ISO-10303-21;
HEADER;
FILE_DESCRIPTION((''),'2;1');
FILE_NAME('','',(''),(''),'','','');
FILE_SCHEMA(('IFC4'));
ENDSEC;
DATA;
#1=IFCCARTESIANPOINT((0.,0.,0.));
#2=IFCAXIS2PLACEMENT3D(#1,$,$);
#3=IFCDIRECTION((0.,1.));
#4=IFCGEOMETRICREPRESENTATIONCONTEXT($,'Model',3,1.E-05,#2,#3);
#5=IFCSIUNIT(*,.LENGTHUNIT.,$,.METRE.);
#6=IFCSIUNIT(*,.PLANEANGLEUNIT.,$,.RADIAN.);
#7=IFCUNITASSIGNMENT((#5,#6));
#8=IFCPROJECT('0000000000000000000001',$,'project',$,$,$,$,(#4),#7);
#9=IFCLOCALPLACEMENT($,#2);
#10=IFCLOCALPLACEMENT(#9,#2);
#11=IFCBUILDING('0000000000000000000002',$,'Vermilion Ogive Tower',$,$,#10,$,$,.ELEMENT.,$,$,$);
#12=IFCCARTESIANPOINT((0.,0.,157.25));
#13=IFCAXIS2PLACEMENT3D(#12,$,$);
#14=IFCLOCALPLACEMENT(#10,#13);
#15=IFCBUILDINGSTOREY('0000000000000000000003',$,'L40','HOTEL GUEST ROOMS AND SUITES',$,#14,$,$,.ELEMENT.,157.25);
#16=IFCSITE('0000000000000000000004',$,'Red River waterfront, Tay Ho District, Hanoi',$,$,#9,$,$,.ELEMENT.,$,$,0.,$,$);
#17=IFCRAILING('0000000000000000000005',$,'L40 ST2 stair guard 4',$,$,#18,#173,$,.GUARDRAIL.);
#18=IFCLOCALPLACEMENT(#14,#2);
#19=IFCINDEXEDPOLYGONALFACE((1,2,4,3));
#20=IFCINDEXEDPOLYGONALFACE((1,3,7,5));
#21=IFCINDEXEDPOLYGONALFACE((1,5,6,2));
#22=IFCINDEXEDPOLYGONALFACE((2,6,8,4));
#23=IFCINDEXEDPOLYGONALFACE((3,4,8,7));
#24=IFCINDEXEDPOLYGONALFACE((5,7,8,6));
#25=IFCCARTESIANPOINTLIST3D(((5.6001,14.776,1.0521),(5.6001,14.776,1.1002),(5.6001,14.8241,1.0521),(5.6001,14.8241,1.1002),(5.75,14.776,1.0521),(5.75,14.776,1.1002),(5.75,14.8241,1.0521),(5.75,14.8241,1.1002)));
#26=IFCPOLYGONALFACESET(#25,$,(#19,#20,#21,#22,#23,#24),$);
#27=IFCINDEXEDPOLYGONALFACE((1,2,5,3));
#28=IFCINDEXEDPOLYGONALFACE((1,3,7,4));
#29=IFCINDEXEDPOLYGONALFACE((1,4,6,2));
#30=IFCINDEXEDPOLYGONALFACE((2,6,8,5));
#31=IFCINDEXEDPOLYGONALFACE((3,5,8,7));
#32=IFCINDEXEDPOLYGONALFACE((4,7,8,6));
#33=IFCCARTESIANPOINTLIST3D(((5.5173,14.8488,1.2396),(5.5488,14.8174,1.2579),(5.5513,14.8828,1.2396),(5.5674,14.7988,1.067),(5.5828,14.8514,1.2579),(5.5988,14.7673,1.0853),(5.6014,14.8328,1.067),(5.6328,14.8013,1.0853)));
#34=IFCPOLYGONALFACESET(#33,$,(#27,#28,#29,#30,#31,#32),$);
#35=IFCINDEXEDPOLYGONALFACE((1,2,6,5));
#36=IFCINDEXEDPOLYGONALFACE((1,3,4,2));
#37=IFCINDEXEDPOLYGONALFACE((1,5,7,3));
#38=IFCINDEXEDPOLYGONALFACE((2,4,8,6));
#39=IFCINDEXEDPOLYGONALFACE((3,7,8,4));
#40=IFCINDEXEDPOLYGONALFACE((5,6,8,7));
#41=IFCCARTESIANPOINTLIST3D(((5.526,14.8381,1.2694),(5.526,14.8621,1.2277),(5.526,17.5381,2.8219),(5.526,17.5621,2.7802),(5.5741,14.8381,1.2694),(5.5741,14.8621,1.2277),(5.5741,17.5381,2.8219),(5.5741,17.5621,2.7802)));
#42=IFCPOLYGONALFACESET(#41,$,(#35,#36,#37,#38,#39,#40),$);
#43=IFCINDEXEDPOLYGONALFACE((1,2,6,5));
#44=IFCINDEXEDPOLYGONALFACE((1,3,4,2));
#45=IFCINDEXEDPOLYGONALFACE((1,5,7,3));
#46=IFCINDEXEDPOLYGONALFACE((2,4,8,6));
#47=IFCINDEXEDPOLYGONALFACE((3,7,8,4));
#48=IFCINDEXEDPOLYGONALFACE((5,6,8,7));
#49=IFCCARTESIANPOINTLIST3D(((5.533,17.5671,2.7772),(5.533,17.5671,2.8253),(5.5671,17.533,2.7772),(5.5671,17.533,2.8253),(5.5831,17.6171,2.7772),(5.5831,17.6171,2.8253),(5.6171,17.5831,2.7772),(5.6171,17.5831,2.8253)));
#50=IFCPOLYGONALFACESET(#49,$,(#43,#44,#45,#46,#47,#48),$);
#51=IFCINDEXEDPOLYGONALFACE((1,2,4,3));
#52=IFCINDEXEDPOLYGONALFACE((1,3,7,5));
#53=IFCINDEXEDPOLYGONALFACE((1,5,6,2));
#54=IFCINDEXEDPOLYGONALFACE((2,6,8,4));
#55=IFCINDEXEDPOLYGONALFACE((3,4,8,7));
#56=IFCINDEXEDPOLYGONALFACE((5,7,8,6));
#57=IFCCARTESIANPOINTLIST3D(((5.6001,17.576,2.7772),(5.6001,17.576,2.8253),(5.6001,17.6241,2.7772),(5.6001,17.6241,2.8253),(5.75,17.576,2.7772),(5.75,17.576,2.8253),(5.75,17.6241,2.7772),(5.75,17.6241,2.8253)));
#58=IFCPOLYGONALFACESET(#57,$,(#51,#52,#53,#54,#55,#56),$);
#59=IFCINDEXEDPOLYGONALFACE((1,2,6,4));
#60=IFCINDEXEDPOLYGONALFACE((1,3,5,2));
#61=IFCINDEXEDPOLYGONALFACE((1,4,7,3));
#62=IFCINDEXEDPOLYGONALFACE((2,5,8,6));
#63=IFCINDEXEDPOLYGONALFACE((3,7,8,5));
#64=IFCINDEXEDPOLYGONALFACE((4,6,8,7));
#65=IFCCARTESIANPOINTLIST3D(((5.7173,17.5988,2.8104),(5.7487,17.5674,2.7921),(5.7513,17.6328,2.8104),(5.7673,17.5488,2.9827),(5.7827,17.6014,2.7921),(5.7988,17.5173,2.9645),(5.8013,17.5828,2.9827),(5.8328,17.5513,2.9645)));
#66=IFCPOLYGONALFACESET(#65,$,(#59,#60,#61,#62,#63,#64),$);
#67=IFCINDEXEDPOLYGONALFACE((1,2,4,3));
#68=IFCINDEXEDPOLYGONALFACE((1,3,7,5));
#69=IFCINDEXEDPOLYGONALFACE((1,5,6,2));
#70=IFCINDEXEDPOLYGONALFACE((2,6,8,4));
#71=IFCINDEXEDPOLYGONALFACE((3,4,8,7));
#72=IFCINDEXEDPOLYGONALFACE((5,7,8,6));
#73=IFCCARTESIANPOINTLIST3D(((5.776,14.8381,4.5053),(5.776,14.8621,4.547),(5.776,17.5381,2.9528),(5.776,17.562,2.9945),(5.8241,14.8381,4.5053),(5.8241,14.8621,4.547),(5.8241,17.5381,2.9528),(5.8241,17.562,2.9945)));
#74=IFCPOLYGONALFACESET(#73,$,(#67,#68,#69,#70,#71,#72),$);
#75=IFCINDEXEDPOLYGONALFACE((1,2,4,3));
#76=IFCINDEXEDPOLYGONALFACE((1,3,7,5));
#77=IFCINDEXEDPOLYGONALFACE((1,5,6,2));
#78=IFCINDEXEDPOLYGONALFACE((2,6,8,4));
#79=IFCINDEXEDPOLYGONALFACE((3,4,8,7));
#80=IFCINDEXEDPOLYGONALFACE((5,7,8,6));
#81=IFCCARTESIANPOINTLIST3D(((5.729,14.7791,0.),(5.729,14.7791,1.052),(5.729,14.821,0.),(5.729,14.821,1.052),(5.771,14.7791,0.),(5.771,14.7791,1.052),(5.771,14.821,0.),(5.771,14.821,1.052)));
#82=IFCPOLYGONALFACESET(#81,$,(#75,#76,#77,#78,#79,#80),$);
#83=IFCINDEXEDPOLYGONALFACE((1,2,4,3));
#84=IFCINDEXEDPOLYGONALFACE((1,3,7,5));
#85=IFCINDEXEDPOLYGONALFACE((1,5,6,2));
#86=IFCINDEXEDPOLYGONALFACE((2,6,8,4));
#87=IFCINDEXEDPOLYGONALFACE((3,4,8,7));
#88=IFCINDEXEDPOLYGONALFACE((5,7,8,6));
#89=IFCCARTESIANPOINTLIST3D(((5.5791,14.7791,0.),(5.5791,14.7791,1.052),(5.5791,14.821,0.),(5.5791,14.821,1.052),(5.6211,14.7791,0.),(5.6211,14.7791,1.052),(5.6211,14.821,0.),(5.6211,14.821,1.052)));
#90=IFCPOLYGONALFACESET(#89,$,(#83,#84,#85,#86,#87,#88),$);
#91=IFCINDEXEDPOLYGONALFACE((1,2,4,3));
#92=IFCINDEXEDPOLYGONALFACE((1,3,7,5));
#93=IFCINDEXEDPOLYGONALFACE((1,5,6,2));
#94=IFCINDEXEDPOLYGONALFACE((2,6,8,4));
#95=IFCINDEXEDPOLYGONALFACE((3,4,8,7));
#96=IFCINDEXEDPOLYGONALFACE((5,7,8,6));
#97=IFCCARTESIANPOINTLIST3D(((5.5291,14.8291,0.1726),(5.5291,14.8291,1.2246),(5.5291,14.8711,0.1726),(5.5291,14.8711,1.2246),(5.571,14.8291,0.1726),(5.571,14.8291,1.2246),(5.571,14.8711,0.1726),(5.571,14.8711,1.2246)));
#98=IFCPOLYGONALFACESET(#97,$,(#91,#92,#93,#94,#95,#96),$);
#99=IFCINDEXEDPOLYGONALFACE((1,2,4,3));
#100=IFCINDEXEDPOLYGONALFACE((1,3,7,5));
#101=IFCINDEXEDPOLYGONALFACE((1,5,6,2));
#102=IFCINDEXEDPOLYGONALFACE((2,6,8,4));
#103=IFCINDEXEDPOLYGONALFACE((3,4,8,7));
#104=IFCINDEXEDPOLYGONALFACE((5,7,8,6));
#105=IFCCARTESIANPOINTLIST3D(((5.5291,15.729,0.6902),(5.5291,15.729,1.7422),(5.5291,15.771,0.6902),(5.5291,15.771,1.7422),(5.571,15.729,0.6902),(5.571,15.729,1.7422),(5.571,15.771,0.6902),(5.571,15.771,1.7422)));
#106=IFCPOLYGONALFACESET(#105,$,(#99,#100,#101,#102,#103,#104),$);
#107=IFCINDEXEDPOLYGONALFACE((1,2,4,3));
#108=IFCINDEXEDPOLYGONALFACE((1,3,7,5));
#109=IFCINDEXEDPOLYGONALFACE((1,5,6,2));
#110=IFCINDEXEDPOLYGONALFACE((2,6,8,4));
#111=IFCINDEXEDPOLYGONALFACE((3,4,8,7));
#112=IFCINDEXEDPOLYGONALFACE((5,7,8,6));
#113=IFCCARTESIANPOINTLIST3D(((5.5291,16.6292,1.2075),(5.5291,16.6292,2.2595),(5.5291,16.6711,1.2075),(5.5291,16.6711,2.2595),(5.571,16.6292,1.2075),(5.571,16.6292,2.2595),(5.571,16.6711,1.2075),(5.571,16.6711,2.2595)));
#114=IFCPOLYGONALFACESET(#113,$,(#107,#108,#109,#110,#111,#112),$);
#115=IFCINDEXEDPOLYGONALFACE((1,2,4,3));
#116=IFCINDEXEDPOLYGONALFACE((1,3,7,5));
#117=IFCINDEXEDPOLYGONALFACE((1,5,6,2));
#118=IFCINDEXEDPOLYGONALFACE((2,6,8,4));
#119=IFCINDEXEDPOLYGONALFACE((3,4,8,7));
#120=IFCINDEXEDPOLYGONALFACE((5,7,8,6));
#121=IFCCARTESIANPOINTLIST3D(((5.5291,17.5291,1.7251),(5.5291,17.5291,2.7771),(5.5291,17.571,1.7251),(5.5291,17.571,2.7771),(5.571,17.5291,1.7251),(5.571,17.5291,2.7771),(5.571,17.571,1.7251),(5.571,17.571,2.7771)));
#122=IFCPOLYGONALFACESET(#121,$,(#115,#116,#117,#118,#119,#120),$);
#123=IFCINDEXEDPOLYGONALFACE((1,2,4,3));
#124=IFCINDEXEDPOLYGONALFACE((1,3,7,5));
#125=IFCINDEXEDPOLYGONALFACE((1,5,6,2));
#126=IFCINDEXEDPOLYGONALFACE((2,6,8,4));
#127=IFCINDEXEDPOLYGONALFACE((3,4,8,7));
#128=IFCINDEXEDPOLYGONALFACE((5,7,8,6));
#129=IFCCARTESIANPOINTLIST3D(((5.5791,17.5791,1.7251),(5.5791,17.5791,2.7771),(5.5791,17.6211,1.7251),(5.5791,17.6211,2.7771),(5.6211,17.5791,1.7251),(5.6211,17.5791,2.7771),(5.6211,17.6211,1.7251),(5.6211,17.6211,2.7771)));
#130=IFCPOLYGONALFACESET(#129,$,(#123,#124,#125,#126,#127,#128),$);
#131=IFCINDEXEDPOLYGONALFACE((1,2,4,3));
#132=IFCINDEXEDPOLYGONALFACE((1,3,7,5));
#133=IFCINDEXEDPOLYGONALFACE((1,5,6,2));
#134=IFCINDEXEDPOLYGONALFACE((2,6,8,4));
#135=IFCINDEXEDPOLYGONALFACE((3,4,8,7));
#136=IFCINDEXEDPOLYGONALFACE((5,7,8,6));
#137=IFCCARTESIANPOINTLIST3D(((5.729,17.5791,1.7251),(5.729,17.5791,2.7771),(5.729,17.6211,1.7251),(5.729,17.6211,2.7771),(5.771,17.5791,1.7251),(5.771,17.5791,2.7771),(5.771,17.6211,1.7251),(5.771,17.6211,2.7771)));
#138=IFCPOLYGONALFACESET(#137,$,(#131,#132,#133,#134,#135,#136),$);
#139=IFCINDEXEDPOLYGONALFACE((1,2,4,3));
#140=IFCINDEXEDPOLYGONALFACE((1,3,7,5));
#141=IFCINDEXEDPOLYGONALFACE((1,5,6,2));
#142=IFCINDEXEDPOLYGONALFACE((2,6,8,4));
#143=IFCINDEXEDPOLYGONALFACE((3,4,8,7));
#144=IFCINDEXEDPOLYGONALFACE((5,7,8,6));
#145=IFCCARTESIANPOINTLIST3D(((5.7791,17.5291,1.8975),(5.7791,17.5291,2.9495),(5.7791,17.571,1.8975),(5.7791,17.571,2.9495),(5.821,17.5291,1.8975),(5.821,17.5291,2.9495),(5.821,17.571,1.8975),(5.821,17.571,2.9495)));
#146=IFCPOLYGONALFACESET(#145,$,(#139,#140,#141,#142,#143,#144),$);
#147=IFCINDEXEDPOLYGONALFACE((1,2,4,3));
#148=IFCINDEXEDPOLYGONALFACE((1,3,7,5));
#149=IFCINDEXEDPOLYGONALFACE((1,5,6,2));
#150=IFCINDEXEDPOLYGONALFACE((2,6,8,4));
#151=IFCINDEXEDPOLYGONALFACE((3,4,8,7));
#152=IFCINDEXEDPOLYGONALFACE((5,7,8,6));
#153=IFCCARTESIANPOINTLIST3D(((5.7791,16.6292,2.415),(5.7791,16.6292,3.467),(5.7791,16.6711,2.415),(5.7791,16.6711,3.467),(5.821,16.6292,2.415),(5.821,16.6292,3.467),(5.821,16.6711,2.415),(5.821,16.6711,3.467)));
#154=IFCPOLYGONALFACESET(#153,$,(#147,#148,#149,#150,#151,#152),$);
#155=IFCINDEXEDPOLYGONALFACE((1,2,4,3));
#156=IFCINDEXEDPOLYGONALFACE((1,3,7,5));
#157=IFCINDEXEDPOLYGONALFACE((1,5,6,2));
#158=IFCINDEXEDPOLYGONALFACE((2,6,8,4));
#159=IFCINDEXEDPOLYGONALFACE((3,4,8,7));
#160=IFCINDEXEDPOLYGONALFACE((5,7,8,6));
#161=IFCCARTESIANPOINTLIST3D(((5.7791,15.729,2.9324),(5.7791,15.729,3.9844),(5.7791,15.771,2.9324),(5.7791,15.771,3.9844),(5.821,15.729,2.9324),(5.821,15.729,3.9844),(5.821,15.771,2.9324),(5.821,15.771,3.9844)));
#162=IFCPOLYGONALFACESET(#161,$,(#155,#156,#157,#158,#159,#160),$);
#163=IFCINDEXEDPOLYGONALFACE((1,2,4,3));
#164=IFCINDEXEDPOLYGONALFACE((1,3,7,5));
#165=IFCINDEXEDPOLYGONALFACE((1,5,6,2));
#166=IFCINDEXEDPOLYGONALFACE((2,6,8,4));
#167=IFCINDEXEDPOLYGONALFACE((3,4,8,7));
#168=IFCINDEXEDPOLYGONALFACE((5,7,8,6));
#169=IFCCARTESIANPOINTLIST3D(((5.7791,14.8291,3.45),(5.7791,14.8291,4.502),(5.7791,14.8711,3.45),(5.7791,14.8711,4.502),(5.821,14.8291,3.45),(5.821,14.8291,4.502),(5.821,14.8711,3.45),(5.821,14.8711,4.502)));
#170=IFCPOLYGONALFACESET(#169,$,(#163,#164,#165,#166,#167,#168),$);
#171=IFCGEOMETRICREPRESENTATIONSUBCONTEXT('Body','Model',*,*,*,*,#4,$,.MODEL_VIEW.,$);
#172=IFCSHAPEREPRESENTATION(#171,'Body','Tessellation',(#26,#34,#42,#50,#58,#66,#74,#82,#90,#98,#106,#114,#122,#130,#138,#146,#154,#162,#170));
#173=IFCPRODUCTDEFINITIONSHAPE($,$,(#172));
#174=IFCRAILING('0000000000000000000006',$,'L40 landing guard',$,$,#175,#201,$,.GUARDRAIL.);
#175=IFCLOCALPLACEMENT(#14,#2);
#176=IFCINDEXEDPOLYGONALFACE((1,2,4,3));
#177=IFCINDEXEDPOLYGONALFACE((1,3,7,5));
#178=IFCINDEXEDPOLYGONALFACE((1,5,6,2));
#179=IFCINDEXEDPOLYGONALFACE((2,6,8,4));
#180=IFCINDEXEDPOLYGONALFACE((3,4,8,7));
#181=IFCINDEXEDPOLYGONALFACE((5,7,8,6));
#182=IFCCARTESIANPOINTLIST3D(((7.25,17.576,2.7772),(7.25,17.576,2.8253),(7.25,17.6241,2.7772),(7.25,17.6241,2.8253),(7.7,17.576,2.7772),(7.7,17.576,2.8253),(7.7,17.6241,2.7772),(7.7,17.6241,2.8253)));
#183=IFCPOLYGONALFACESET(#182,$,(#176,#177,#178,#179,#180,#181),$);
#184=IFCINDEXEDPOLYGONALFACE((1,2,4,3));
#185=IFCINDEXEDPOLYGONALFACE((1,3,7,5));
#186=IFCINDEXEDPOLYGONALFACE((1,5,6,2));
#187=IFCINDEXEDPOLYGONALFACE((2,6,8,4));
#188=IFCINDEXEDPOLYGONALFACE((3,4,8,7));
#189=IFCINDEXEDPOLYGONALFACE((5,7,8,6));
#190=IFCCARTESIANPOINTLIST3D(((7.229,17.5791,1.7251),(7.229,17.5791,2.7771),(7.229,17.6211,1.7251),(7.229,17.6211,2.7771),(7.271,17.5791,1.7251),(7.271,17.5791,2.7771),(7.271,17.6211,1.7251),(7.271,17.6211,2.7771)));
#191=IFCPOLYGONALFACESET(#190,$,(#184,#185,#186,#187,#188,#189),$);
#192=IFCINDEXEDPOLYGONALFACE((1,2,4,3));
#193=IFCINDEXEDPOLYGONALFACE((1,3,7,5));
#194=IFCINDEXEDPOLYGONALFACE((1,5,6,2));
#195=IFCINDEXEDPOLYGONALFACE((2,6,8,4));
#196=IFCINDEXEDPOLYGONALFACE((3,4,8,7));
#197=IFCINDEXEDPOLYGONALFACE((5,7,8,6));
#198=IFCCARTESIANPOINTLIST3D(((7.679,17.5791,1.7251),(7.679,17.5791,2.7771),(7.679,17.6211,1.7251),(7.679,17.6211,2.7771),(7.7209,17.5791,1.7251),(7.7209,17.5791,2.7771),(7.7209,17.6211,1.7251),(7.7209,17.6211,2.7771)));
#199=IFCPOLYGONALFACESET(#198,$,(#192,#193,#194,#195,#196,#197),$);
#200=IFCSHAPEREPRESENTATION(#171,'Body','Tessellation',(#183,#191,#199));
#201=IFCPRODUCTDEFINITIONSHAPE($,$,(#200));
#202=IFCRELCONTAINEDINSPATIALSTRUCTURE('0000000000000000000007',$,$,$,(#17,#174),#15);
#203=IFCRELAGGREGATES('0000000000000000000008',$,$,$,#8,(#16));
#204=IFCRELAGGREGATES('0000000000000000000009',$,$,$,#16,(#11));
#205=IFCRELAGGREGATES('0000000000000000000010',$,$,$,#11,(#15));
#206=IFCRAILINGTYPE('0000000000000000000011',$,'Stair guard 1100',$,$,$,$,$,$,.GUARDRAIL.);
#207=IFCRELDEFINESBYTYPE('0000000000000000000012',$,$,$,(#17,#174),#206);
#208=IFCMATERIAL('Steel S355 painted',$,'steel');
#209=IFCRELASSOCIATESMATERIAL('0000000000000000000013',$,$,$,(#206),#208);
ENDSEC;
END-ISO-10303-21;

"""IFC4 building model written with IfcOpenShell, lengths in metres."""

from ifc_helpers import new_model, si_unit, direction, frame, origin, origin_2d, place, context, subcontext, project, spatial, rectangle, extrude, material, type_object, element, save


model = new_model("IFC4")

# Units and contexts
model_context = context("Model", 3, precision=1e-05, world=origin(), true_north=direction((0.0, 1.0)))
body_context = subcontext(model_context, "Body", "Model", "MODEL_VIEW")
ifc_project = project(units=[si_unit("LENGTHUNIT", "METRE"), si_unit("PLANEANGLEUNIT", "RADIAN")], contexts=[model_context])

# Site, building, storey
site_placement = place(None, origin())
site = spatial("IfcSite", under=ifc_project, at=site_placement, Name="Red River waterfront, Tay Ho District, Hanoi", CompositionType="ELEMENT", RefElevation=0.0)
building_placement = place(site_placement, origin())
building = spatial("IfcBuilding", under=site, at=building_placement, Name="Vermilion Ogive Tower", CompositionType="ELEMENT")
storey_placement = place(building_placement, frame((0.0, 0.0, 157.25)))
storey = spatial("IfcBuildingStorey", under=building, at=storey_placement, Name="L40", Description="HOTEL GUEST ROOMS AND SUITES", CompositionType="ELEMENT", Elevation=157.25)

# Railings
ifc_material_1 = material(Name="Steel S355 painted", Category="steel")
railing_type_1 = type_object("IfcRailingType", Name="Stair guard 1100", PredefinedType="GUARDRAIL", material=ifc_material_1)
railing_1_placement = place(storey_placement, frame((5.75, 14.8, 0.0)))
element("IfcRailing", 1, at=railing_1_placement, inside=storey, type_object=railing_type_1, Name="L40 ST2 stair guard 4", PredefinedType="GUARDRAIL", context=body_context, shape_type="SweptSolid", body=[
    extrude(rectangle(XDim=0.0481, YDim=0.0481, at=origin_2d()), frame((0.0, 0.0, 1.0762), z_axis=(-1.0, 0.0, 0.0), x_axis=(0.0, -1.0, 0.0)), (0.0, 0.0, 1.0), 0.1499),
    extrude(rectangle(XDim=0.0481, YDim=0.0481, at=origin_2d()), frame((-0.1499, 0.0, 1.0762), z_axis=(-0.268278, 0.268278, 0.925232), x_axis=(-0.707107, -0.707107, 0.0)), (0.0, 0.0, 1.0), 0.1865),
    extrude(rectangle(XDim=0.0481, YDim=0.0481, at=origin_2d()), frame((-0.2, 0.05, 1.2485), z_axis=(0.0, 0.866904, 0.498476), x_axis=(-1.0, 0.0, 0.0)), (0.0, 0.0, 1.0), 3.1145),
    extrude(rectangle(XDim=0.0481, YDim=0.0481, at=origin_2d()), frame((-0.2, 2.75, 2.8013), z_axis=(0.707107, 0.707107, 0.0), x_axis=(-0.707107, 0.707107, 0.0)), (0.0, 0.0, 1.0), 0.0708),
    extrude(rectangle(XDim=0.0481, YDim=0.0481, at=origin_2d()), frame((-0.1499, 2.8, 2.8013), z_axis=(1.0, 0.0, 0.0), x_axis=(0.0, 1.0, 0.0)), (0.0, 0.0, 1.0), 0.1499),
    extrude(rectangle(XDim=0.0481, YDim=0.0481, at=origin_2d()), frame((0.0, 2.8, 2.8013), z_axis=(0.268603, -0.268603, 0.925043), x_axis=(0.707107, 0.707107, 0.0)), (0.0, 0.0, 1.0), 0.1863),
    extrude(rectangle(XDim=0.0481, YDim=0.0481, at=origin_2d()), frame((0.05, 2.75, 2.9736), z_axis=(0.0, -0.866904, 0.498476), x_axis=(1.0, 0.0, 0.0)), (0.0, 0.0, 1.0), 3.1145),
    extrude(rectangle(XDim=0.042, YDim=0.042, at=origin_2d()), origin(), (0.0, 0.0, 1.0), 1.052),
    extrude(rectangle(XDim=0.042, YDim=0.042, at=origin_2d()), frame((-0.1499, 0.0, 0.0)), (0.0, 0.0, 1.0), 1.052),
    extrude(rectangle(XDim=0.042, YDim=0.042, at=origin_2d()), frame((-0.2, 0.05, 0.1726)), (0.0, 0.0, 1.0), 1.052),
    extrude(rectangle(XDim=0.042, YDim=0.042, at=origin_2d()), frame((-0.2, 0.95, 0.6902)), (0.0, 0.0, 1.0), 1.052),
    extrude(rectangle(XDim=0.042, YDim=0.042, at=origin_2d()), frame((-0.2, 1.8501, 1.2075)), (0.0, 0.0, 1.0), 1.052),
    extrude(rectangle(XDim=0.042, YDim=0.042, at=origin_2d()), frame((-0.2, 2.75, 1.7251)), (0.0, 0.0, 1.0), 1.052),
    extrude(rectangle(XDim=0.042, YDim=0.042, at=origin_2d()), frame((-0.1499, 2.8, 1.7251)), (0.0, 0.0, 1.0), 1.052),
    extrude(rectangle(XDim=0.042, YDim=0.042, at=origin_2d()), frame((0.0, 2.8, 1.7251)), (0.0, 0.0, 1.0), 1.052),
    extrude(rectangle(XDim=0.042, YDim=0.042, at=origin_2d()), frame((0.05, 2.75, 1.8975)), (0.0, 0.0, 1.0), 1.052),
    extrude(rectangle(XDim=0.042, YDim=0.042, at=origin_2d()), frame((0.05, 1.8501, 2.415)), (0.0, 0.0, 1.0), 1.052),
    extrude(rectangle(XDim=0.042, YDim=0.042, at=origin_2d()), frame((0.05, 0.95, 2.9324)), (0.0, 0.0, 1.0), 1.052),
    extrude(rectangle(XDim=0.042, YDim=0.042, at=origin_2d()), frame((0.05, 0.05, 3.45)), (0.0, 0.0, 1.0), 1.052),
])
railing_2_placement = place(storey_placement, frame((7.25, 17.6001, 1.7251)))
element("IfcRailing", 2, at=railing_2_placement, inside=storey, type_object=railing_type_1, Name="L40 landing guard", PredefinedType="GUARDRAIL", context=body_context, shape_type="SweptSolid", body=[
    extrude(rectangle(XDim=0.0481, YDim=0.0481, at=origin_2d()), frame((0.0, 0.0, 1.0762), z_axis=(1.0, 0.0, 0.0), x_axis=(0.0, 1.0, 0.0)), (0.0, 0.0, 1.0), 0.45),
    extrude(rectangle(XDim=0.042, YDim=0.042, at=origin_2d()), origin(), (0.0, 0.0, 1.0), 1.052),
    extrude(rectangle(XDim=0.042, YDim=0.042, at=origin_2d()), frame((0.45, 0.0, 0.0)), (0.0, 0.0, 1.0), 1.052),
])

save(model, "model.ifc")
